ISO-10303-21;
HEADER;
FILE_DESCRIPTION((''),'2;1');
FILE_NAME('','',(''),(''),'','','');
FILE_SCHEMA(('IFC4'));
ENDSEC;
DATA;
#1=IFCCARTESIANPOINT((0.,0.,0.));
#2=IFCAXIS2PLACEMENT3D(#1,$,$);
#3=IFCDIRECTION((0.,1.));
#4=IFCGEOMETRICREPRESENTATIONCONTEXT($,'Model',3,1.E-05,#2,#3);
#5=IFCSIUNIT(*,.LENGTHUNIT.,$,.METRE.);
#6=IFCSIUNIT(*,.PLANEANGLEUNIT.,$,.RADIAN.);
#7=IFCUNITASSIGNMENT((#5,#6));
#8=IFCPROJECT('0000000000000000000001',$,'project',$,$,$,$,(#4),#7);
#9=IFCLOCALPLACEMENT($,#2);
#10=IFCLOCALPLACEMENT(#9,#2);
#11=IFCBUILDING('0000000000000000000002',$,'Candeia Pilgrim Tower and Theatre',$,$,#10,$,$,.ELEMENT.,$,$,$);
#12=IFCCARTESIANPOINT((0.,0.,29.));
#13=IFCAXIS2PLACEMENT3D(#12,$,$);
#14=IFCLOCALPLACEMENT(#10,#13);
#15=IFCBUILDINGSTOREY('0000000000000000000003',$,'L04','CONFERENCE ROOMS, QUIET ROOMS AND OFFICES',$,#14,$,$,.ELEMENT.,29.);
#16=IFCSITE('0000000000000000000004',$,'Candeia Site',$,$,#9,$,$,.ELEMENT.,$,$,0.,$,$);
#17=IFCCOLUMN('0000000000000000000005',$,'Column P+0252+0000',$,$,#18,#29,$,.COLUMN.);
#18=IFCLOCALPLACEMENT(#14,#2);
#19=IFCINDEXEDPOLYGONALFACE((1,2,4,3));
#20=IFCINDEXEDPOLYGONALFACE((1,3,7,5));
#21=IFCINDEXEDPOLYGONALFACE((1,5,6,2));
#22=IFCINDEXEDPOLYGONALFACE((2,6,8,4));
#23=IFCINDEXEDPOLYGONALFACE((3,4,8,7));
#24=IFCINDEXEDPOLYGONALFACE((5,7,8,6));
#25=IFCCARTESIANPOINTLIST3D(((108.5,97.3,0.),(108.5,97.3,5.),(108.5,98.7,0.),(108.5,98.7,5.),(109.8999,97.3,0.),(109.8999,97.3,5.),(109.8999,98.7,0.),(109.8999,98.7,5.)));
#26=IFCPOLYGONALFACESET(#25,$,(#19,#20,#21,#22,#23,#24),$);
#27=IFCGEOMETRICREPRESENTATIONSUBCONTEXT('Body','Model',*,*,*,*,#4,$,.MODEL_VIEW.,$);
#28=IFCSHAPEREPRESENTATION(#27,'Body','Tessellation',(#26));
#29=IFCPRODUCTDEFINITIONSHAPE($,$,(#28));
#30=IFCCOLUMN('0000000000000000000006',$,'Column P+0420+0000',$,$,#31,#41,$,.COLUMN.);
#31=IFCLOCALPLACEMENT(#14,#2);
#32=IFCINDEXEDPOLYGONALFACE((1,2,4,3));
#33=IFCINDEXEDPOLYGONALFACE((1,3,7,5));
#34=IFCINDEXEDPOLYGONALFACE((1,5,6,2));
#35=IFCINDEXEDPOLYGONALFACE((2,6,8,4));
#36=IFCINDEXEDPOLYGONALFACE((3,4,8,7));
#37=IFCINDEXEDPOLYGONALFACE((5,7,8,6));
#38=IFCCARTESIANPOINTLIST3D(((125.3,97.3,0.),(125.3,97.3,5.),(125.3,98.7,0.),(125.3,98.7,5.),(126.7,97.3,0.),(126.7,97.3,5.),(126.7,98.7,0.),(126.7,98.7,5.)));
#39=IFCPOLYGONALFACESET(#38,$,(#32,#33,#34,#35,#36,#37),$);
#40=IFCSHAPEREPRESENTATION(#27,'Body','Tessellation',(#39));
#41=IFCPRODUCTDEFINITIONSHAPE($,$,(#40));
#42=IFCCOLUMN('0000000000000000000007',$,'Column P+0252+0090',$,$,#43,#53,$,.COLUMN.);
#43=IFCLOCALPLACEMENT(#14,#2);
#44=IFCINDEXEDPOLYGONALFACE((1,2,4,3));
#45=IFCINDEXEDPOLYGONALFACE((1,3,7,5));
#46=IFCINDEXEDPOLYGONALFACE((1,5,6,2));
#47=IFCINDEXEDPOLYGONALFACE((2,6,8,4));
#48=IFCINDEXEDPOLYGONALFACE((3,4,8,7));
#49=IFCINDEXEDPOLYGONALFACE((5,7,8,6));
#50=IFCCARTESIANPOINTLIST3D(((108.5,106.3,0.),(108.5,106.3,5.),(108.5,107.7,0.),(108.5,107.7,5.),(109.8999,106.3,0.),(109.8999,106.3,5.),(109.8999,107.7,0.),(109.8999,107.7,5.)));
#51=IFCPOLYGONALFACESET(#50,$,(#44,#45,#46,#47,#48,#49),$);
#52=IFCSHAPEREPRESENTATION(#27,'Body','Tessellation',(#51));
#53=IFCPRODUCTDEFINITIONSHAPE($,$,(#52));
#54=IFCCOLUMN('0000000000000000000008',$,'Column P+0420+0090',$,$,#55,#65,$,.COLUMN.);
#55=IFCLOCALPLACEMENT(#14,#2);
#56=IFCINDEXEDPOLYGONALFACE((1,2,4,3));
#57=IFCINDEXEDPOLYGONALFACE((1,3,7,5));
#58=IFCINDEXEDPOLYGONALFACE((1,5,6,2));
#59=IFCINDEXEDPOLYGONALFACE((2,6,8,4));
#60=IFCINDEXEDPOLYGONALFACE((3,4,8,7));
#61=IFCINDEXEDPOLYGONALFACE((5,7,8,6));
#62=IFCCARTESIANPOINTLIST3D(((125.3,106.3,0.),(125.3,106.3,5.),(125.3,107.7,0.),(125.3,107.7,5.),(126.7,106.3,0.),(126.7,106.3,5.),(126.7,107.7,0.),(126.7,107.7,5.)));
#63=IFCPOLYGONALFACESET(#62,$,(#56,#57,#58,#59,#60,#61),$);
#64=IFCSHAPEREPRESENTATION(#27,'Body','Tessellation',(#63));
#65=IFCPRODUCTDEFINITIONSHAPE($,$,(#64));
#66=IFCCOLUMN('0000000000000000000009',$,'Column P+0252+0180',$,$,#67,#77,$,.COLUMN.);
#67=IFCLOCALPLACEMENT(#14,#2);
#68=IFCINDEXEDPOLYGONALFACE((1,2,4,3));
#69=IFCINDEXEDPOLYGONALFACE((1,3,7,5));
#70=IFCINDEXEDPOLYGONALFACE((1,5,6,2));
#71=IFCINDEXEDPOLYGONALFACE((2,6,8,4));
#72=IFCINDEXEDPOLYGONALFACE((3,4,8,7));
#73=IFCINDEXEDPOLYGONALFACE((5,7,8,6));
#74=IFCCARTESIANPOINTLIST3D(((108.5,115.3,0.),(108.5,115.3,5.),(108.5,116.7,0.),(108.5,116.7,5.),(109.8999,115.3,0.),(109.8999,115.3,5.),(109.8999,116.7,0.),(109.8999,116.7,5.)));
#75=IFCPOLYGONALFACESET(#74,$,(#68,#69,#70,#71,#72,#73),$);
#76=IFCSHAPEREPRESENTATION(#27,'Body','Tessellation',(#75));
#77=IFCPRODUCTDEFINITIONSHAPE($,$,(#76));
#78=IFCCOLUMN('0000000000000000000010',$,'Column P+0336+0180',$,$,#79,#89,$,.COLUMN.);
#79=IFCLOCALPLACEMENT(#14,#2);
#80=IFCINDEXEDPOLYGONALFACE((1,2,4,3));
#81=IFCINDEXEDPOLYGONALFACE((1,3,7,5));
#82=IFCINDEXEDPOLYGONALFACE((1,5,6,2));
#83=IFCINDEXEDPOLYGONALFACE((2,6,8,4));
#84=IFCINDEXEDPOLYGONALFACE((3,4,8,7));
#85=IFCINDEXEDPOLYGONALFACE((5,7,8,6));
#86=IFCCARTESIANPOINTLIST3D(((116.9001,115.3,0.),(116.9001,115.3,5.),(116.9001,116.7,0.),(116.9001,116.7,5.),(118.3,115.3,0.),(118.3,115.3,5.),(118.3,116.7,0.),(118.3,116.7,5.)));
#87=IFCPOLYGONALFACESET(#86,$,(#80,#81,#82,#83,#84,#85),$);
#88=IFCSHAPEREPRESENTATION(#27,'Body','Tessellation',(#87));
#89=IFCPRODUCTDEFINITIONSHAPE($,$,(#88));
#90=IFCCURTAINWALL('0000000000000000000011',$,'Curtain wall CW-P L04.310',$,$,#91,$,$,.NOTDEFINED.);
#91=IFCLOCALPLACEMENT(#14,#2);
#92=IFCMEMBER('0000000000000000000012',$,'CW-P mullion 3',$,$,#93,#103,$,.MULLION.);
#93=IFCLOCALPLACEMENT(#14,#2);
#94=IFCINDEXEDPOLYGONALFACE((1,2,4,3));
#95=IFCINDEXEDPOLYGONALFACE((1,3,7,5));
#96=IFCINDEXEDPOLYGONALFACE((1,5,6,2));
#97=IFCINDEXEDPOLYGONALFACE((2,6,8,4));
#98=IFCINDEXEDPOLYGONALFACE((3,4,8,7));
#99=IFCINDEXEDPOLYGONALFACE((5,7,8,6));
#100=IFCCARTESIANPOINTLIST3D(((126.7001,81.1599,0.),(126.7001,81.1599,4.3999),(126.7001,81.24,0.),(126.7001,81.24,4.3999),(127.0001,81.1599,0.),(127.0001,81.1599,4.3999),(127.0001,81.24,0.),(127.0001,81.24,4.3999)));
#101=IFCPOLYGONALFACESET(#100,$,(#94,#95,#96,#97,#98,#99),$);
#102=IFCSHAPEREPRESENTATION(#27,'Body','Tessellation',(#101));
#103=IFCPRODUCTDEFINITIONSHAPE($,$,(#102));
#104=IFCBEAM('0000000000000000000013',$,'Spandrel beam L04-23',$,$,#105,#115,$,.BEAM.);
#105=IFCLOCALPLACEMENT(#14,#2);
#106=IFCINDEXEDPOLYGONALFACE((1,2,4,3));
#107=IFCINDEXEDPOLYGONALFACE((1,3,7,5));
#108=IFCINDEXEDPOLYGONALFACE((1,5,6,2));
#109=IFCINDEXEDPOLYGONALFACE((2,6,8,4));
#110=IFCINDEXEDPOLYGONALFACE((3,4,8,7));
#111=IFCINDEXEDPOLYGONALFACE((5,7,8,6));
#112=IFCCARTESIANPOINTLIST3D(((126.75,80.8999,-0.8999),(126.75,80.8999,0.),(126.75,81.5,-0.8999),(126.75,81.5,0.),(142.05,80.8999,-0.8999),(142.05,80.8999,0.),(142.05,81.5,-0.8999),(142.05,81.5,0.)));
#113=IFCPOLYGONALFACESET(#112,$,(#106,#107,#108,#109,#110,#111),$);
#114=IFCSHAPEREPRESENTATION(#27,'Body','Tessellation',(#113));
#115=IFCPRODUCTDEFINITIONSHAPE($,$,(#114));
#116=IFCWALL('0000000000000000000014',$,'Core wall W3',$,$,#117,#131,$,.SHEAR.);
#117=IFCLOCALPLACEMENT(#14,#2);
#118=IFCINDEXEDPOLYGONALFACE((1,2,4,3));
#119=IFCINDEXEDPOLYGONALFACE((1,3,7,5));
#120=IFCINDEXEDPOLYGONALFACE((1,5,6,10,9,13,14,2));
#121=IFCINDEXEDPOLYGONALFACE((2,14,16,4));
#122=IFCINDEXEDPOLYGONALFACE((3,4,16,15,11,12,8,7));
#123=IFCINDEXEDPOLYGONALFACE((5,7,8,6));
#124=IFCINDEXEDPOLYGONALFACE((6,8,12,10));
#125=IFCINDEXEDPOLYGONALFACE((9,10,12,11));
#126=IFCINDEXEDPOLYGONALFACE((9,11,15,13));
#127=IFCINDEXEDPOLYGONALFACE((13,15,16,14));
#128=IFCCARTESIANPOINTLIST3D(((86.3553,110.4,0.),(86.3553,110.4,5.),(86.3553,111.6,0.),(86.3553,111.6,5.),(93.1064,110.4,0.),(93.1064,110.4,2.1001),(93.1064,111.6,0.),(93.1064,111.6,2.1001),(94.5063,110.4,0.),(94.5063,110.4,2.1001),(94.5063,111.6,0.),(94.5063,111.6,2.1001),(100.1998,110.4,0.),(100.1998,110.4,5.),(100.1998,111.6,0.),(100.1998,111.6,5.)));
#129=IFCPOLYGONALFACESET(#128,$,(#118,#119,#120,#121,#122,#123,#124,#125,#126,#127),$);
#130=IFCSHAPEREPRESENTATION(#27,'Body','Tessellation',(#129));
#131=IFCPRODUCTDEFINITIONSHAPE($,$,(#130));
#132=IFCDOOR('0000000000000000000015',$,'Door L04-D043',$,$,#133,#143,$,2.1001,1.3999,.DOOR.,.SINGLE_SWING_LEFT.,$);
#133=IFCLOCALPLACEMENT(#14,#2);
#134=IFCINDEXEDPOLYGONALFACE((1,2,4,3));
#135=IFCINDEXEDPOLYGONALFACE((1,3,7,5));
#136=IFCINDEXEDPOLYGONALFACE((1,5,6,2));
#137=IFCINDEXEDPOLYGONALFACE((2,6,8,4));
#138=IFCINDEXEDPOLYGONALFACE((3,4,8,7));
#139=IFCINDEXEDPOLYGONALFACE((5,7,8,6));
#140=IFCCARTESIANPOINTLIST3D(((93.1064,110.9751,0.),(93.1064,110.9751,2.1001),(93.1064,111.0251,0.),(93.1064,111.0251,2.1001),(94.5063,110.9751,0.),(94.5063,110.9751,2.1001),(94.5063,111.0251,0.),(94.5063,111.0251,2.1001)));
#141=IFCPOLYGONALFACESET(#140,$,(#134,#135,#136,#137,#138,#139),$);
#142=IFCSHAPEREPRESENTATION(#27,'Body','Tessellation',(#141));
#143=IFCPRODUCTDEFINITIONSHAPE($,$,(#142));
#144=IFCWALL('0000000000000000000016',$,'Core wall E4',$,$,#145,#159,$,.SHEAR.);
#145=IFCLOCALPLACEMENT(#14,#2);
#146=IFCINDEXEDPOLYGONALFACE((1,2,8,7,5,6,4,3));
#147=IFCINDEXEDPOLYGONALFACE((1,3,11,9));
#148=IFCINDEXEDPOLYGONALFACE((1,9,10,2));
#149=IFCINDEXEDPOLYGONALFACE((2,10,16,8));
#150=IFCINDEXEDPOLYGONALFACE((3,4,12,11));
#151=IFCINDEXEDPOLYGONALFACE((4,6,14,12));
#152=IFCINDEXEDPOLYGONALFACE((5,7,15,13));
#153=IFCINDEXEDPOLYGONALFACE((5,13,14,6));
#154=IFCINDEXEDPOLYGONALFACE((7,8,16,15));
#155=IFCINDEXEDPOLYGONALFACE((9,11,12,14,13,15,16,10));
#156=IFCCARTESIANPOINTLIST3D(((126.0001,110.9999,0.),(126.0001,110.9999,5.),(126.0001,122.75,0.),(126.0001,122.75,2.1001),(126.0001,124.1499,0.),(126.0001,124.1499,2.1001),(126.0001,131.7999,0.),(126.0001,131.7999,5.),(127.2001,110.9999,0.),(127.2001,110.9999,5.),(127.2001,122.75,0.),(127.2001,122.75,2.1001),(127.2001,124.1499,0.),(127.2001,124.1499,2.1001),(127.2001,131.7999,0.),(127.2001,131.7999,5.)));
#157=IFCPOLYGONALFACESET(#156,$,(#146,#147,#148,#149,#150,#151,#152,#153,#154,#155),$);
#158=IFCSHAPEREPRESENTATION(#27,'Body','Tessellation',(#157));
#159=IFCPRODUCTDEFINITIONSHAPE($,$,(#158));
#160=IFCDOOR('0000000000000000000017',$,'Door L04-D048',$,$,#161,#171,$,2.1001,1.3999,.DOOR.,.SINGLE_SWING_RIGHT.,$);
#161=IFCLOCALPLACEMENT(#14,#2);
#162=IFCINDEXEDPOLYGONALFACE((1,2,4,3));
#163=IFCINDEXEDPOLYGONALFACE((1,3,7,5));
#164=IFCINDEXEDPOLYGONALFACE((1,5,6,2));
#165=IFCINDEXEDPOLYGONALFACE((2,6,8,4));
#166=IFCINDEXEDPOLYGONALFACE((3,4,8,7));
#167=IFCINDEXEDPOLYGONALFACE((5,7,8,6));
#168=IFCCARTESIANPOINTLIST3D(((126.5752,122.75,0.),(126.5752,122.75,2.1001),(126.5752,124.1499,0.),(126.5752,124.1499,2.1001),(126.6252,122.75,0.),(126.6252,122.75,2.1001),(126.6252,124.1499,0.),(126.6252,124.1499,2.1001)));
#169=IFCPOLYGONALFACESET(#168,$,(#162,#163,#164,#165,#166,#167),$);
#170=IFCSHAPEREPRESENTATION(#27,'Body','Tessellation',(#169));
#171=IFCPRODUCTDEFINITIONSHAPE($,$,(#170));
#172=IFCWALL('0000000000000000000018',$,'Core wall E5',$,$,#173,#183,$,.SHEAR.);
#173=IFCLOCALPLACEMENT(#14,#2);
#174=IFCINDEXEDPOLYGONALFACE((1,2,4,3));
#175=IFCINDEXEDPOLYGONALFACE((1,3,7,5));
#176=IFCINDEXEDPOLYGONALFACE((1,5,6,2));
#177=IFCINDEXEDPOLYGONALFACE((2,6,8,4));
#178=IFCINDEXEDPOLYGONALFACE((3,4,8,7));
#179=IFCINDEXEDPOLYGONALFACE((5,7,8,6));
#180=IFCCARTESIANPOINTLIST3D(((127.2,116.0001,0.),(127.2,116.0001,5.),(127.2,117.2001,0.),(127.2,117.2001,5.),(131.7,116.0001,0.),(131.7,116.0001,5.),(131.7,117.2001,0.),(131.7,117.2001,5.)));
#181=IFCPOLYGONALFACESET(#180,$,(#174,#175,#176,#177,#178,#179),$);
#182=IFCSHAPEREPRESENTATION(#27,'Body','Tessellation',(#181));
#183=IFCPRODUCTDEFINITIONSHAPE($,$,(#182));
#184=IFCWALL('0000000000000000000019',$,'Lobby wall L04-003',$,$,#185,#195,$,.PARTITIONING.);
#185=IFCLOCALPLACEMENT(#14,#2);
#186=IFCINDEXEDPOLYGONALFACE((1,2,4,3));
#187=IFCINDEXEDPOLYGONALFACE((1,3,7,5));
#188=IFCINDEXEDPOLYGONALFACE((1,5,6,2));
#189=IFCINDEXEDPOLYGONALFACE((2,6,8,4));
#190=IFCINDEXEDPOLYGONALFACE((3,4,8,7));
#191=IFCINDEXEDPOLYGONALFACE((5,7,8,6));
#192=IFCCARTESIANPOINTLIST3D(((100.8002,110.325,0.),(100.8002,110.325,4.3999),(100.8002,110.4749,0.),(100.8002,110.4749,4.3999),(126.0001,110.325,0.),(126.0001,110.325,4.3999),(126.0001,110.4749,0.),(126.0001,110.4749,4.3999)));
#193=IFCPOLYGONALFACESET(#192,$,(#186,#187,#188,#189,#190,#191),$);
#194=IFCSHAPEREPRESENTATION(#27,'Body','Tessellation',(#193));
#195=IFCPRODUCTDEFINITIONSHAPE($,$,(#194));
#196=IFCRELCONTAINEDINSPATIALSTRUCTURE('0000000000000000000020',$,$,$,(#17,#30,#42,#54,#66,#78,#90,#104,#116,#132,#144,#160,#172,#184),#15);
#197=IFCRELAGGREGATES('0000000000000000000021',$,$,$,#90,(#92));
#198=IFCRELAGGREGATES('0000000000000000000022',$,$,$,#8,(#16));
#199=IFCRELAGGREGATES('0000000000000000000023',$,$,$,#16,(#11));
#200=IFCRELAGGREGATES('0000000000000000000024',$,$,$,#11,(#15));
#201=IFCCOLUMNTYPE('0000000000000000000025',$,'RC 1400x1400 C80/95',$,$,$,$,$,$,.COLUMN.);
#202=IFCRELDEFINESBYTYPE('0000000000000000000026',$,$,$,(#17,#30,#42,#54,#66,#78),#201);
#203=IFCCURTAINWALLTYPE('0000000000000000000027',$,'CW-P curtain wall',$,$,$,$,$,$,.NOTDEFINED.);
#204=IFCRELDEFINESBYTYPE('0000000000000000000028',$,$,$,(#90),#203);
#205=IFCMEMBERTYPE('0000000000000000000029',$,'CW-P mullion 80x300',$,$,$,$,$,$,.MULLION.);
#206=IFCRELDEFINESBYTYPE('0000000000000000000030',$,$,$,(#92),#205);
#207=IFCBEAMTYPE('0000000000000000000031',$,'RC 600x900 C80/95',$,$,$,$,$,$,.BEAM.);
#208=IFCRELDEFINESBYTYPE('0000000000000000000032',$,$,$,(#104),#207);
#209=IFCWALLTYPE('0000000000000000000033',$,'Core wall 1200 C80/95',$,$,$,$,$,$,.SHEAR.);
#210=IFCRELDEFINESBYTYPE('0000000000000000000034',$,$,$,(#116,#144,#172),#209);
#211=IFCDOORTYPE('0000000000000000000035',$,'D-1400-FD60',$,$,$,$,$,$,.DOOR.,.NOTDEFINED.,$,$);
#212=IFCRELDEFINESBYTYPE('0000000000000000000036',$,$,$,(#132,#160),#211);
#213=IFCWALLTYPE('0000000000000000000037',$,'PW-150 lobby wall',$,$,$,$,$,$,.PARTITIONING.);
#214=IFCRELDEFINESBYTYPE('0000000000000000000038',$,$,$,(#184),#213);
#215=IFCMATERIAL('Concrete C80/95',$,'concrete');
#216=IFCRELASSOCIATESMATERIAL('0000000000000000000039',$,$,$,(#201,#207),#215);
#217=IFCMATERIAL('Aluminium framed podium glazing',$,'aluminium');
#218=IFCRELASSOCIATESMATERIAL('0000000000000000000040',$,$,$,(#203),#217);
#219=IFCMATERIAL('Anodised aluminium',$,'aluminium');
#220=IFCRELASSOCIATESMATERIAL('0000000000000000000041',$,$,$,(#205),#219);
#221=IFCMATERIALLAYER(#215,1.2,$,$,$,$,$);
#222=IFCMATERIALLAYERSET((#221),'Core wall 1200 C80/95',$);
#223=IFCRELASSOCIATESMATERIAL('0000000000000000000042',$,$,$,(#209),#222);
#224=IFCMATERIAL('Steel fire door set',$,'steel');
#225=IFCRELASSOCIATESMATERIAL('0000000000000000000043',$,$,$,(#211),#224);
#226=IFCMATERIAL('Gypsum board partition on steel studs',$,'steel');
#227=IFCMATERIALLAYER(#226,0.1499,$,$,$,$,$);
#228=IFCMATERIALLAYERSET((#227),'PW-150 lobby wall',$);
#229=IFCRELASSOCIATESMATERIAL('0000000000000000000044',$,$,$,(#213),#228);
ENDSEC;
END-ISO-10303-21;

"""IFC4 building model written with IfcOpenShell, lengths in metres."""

from ifc_helpers import new_model, si_unit, direction, frame, frame_2d, origin, origin_2d, place, context, subcontext, project, spatial, rectangle, extrude, material, layer, layer_set, material_profile, profile_set, type_object, element, fill, aggregate, save


model = new_model("IFC4")

# Units and contexts
model_context = context("Model", 3, precision=1e-05, world=origin(), true_north=direction((0.0, 1.0)))
body_context = subcontext(model_context, "Body", "Model", "MODEL_VIEW")
ifc_project = project(units=[si_unit("LENGTHUNIT", "METRE"), si_unit("PLANEANGLEUNIT", "RADIAN")], contexts=[model_context])

# Site, building, storey
site_placement = place(None, origin())
site = spatial("IfcSite", under=ifc_project, at=site_placement, Name="Candeia Site", CompositionType="ELEMENT", RefElevation=0.0)
building_placement = place(site_placement, origin())
building = spatial("IfcBuilding", under=site, at=building_placement, Name="Candeia Pilgrim Tower and Theatre", CompositionType="ELEMENT")
storey_placement = place(building_placement, frame((0.0, 0.0, 29.0)))
storey = spatial("IfcBuildingStorey", under=building, at=storey_placement, Name="L04", Description="CONFERENCE ROOMS, QUIET ROOMS AND OFFICES", CompositionType="ELEMENT", Elevation=29.0)

# Columns
ifc_material_1 = material(Name="Concrete C80/95", Category="concrete")
ifc_material_profile_1 = material_profile(ifc_material_1, rectangle(XDim=1.3999, YDim=1.3999, at=origin_2d()))
ifc_profile_set_1 = profile_set([ifc_material_profile_1], Name="Concrete C80/95")
column_type = type_object("IfcColumnType", Name="RC 1400x1400 C80/95", PredefinedType="COLUMN", material=ifc_profile_set_1)
for number, where, z_axis, x_axis, name in (
    (1, (109.2, 98.0, 0.0), (0.0, 0.0, 1.0), (1.0, 0.0, 0.0), "Column P+0252+0000"),
    (2, (126.0, 98.0, 0.0), (0.0, 0.0, 1.0), (1.0, 0.0, 0.0), "Column P+0420+0000"),
    (3, (109.2, 107.0, 0.0), (0.0, 0.0, 1.0), (1.0, 0.0, 0.0), "Column P+0252+0090"),
    (4, (126.0, 107.0, 0.0), (0.0, 0.0, 1.0), (1.0, 0.0, 0.0), "Column P+0420+0090"),
    (5, (109.2, 116.0, 0.0), (0.0, 0.0, 1.0), (1.0, 0.0, 0.0), "Column P+0252+0180"),
    (6, (117.6001, 116.0, 0.0), (0.0, 0.0, 1.0), (1.0, 0.0, 0.0), "Column P+0336+0180"),
):
    element("IfcColumn", number, at=place(storey_placement, frame(where, z_axis=z_axis, x_axis=x_axis)), inside=storey, type_object=column_type, Name=name, PredefinedType="COLUMN", context=body_context, shape_type="SweptSolid", body=[
        extrude(rectangle(XDim=1.3999, YDim=1.3999, at=origin_2d()), origin(), (0.0, 0.0, 1.0), 5.0),
    ])

# Curtain wall, member
ifc_material_2 = material(Name="Aluminium framed podium glazing", Category="aluminium")
curtain_wall_type = type_object("IfcCurtainWallType", Name="CW-P curtain wall", PredefinedType="NOTDEFINED", material=ifc_material_2)
curtain_wall_placement = place(storey_placement, origin())
curtain_wall = element("IfcCurtainWall", 7, at=curtain_wall_placement, inside=storey, type_object=curtain_wall_type, Name="Curtain wall CW-P L04.310", PredefinedType="NOTDEFINED")
ifc_material_3 = material(Name="Anodised aluminium", Category="aluminium")
ifc_material_profile_2 = material_profile(ifc_material_3, rectangle(XDim=0.0801, YDim=0.3, at=origin_2d()))
ifc_profile_set_2 = profile_set([ifc_material_profile_2], Name="Anodised aluminium")
member_type = type_object("IfcMemberType", Name="CW-P mullion 80x300", PredefinedType="MULLION", material=ifc_profile_set_2)
member_placement = place(storey_placement, frame((126.8501, 81.2, 0.0), z_axis=(0.0, 0.0, 1.0), x_axis=(0.0, -1.0, 0.0)))
member = element("IfcMember", 8, at=member_placement, type_object=member_type, Name="CW-P mullion 3", PredefinedType="MULLION", context=body_context, shape_type="SweptSolid", body=[
    extrude(rectangle(XDim=0.0801, YDim=0.3, at=origin_2d()), origin(), (0.0, 0.0, 1.0), 4.3999),
])
aggregate(curtain_wall, [member])

# Beam
ifc_material_profile_3 = material_profile(ifc_material_1, rectangle(XDim=0.6001, YDim=0.8999, at=origin_2d()))
ifc_profile_set_3 = profile_set([ifc_material_profile_3], Name="Concrete C80/95")
beam_type = type_object("IfcBeamType", Name="RC 600x900 C80/95", PredefinedType="BEAM", material=ifc_profile_set_3)
beam_placement = place(storey_placement, frame((126.75, 81.2, -0.45), z_axis=(1.0, 0.0, 0.0), x_axis=(0.0, 1.0, 0.0)))
element("IfcBeam", 9, at=beam_placement, inside=storey, type_object=beam_type, Name="Spandrel beam L04-23", PredefinedType="BEAM", context=body_context, shape_type="SweptSolid", body=[
    extrude(rectangle(XDim=0.6001, YDim=0.8999, at=origin_2d()), origin(), (0.0, 0.0, 1.0), 15.3),
])

# Walls, openings, doors
ifc_layer_1 = layer(ifc_material_1, 1.2)
ifc_layer_set_1 = layer_set([ifc_layer_1], Name="Core wall 1200 C80/95")
wall_type_1 = type_object("IfcWallType", Name="Core wall 1200 C80/95", PredefinedType="SHEAR", material=ifc_layer_set_1)
wall_1_placement = place(storey_placement, frame((100.2, 111.0, 0.0), z_axis=(0.0, 0.0, 1.0), x_axis=(-1.0, 0.0, 0.0)))
wall_1 = element("IfcWall", 10, at=wall_1_placement, inside=storey, type_object=wall_type_1, Name="Core wall W3", PredefinedType="SHEAR", context=body_context, shape_type="SweptSolid", body=[
    extrude(rectangle(XDim=13.8445, YDim=1.2, at=frame_2d((6.9224, 0.0))), origin(), (0.0, 0.0, 1.0), 5.0),
])
opening_1_placement = place(wall_1_placement, frame((5.6936, 0.0, 0.0)))
opening_1 = element("IfcOpeningElement", 11, at=opening_1_placement, cuts=wall_1, PredefinedType="OPENING", context=body_context, shape_type="SweptSolid", body=[
    extrude(rectangle(XDim=1.3999, YDim=2.1001, at=frame_2d((0.7, 1.05))), frame((0.0, 0.6099, 0.0), z_axis=(0.0, -1.0, 0.0), x_axis=(1.0, 0.0, 0.0)), (0.0, 0.0, 1.0), 1.22),
])
ifc_material_4 = material(Name="Steel fire door set", Category="steel")
door_type_1 = type_object("IfcDoorType", Name="D-1400-FD60", OperationType="NOTDEFINED", PredefinedType="DOOR", material=ifc_material_4)
door_1_placement = place(opening_1_placement, origin())
door_1 = element("IfcDoor", 12, at=door_1_placement, inside=storey, type_object=door_type_1, Name="Door L04-D043", OperationType="SINGLE_SWING_LEFT", OverallHeight=2.1001, OverallWidth=1.3999, PredefinedType="DOOR", context=body_context, shape_type="SweptSolid", body=[
    extrude(rectangle(XDim=1.3999, YDim=2.1001, at=frame_2d((0.7, 1.05))), frame((0.0, 0.0249, 0.0), z_axis=(0.0, -1.0, 0.0), x_axis=(1.0, 0.0, 0.0)), (0.0, 0.0, 1.0), 0.05),
])
fill(opening_1, door_1)
wall_2_placement = place(storey_placement, frame((126.6001, 111.0, 0.0), z_axis=(0.0, 0.0, 1.0), x_axis=(0.0, 1.0, 0.0)))
wall_2 = element("IfcWall", 13, at=wall_2_placement, inside=storey, type_object=wall_type_1, Name="Core wall E4", PredefinedType="SHEAR", context=body_context, shape_type="SweptSolid", body=[
    extrude(rectangle(XDim=20.8, YDim=1.2, at=frame_2d((10.3999, 0.0))), origin(), (0.0, 0.0, 1.0), 5.0),
])
opening_2_placement = place(wall_2_placement, frame((11.75, 0.0, 0.0)))
opening_2 = element("IfcOpeningElement", 14, at=opening_2_placement, cuts=wall_2, PredefinedType="OPENING", context=body_context, shape_type="SweptSolid", body=[
    extrude(rectangle(XDim=1.3999, YDim=2.1001, at=frame_2d((0.7, 1.05))), frame((0.0, 0.6099, 0.0), z_axis=(0.0, -1.0, 0.0), x_axis=(1.0, 0.0, 0.0)), (0.0, 0.0, 1.0), 1.22),
])
door_2_placement = place(opening_2_placement, origin())
door_2 = element("IfcDoor", 15, at=door_2_placement, inside=storey, type_object=door_type_1, Name="Door L04-D048", OperationType="SINGLE_SWING_RIGHT", OverallHeight=2.1001, OverallWidth=1.3999, PredefinedType="DOOR", context=body_context, shape_type="SweptSolid", body=[
    extrude(rectangle(XDim=1.3999, YDim=2.1001, at=frame_2d((0.7, 1.05))), frame((0.0, 0.0249, 0.0), z_axis=(0.0, -1.0, 0.0), x_axis=(1.0, 0.0, 0.0)), (0.0, 0.0, 1.0), 0.05),
])
fill(opening_2, door_2)

# Walls
wall_3_placement = place(storey_placement, frame((127.2, 116.6001, 0.0), z_axis=(0.0, 0.0, 1.0), x_axis=(1.0, 0.0, 0.0)))
element("IfcWall", 16, at=wall_3_placement, inside=storey, type_object=wall_type_1, Name="Core wall E5", PredefinedType="SHEAR", context=body_context, shape_type="SweptSolid", body=[
    extrude(rectangle(XDim=4.5, YDim=1.2, at=frame_2d((2.25, 0.0))), origin(), (0.0, 0.0, 1.0), 5.0),
])
ifc_material_5 = material(Name="Gypsum board partition on steel studs", Category="steel")
ifc_layer_2 = layer(ifc_material_5, 0.1499)
ifc_layer_set_2 = layer_set([ifc_layer_2], Name="PW-150 lobby wall")
wall_type_2 = type_object("IfcWallType", Name="PW-150 lobby wall", PredefinedType="PARTITIONING", material=ifc_layer_set_2)
wall_4_placement = place(storey_placement, frame((100.8, 110.3999, 0.0), z_axis=(0.0, 0.0, 1.0), x_axis=(1.0, 0.0, 0.0)))
element("IfcWall", 17, at=wall_4_placement, inside=storey, type_object=wall_type_2, Name="Lobby wall L04-003", PredefinedType="PARTITIONING", context=body_context, shape_type="SweptSolid", body=[
    extrude(rectangle(XDim=25.2, YDim=0.1499, at=frame_2d((12.6001, 0.0))), origin(), (0.0, 0.0, 1.0), 4.3999),
])

save(model, "model.ifc")
